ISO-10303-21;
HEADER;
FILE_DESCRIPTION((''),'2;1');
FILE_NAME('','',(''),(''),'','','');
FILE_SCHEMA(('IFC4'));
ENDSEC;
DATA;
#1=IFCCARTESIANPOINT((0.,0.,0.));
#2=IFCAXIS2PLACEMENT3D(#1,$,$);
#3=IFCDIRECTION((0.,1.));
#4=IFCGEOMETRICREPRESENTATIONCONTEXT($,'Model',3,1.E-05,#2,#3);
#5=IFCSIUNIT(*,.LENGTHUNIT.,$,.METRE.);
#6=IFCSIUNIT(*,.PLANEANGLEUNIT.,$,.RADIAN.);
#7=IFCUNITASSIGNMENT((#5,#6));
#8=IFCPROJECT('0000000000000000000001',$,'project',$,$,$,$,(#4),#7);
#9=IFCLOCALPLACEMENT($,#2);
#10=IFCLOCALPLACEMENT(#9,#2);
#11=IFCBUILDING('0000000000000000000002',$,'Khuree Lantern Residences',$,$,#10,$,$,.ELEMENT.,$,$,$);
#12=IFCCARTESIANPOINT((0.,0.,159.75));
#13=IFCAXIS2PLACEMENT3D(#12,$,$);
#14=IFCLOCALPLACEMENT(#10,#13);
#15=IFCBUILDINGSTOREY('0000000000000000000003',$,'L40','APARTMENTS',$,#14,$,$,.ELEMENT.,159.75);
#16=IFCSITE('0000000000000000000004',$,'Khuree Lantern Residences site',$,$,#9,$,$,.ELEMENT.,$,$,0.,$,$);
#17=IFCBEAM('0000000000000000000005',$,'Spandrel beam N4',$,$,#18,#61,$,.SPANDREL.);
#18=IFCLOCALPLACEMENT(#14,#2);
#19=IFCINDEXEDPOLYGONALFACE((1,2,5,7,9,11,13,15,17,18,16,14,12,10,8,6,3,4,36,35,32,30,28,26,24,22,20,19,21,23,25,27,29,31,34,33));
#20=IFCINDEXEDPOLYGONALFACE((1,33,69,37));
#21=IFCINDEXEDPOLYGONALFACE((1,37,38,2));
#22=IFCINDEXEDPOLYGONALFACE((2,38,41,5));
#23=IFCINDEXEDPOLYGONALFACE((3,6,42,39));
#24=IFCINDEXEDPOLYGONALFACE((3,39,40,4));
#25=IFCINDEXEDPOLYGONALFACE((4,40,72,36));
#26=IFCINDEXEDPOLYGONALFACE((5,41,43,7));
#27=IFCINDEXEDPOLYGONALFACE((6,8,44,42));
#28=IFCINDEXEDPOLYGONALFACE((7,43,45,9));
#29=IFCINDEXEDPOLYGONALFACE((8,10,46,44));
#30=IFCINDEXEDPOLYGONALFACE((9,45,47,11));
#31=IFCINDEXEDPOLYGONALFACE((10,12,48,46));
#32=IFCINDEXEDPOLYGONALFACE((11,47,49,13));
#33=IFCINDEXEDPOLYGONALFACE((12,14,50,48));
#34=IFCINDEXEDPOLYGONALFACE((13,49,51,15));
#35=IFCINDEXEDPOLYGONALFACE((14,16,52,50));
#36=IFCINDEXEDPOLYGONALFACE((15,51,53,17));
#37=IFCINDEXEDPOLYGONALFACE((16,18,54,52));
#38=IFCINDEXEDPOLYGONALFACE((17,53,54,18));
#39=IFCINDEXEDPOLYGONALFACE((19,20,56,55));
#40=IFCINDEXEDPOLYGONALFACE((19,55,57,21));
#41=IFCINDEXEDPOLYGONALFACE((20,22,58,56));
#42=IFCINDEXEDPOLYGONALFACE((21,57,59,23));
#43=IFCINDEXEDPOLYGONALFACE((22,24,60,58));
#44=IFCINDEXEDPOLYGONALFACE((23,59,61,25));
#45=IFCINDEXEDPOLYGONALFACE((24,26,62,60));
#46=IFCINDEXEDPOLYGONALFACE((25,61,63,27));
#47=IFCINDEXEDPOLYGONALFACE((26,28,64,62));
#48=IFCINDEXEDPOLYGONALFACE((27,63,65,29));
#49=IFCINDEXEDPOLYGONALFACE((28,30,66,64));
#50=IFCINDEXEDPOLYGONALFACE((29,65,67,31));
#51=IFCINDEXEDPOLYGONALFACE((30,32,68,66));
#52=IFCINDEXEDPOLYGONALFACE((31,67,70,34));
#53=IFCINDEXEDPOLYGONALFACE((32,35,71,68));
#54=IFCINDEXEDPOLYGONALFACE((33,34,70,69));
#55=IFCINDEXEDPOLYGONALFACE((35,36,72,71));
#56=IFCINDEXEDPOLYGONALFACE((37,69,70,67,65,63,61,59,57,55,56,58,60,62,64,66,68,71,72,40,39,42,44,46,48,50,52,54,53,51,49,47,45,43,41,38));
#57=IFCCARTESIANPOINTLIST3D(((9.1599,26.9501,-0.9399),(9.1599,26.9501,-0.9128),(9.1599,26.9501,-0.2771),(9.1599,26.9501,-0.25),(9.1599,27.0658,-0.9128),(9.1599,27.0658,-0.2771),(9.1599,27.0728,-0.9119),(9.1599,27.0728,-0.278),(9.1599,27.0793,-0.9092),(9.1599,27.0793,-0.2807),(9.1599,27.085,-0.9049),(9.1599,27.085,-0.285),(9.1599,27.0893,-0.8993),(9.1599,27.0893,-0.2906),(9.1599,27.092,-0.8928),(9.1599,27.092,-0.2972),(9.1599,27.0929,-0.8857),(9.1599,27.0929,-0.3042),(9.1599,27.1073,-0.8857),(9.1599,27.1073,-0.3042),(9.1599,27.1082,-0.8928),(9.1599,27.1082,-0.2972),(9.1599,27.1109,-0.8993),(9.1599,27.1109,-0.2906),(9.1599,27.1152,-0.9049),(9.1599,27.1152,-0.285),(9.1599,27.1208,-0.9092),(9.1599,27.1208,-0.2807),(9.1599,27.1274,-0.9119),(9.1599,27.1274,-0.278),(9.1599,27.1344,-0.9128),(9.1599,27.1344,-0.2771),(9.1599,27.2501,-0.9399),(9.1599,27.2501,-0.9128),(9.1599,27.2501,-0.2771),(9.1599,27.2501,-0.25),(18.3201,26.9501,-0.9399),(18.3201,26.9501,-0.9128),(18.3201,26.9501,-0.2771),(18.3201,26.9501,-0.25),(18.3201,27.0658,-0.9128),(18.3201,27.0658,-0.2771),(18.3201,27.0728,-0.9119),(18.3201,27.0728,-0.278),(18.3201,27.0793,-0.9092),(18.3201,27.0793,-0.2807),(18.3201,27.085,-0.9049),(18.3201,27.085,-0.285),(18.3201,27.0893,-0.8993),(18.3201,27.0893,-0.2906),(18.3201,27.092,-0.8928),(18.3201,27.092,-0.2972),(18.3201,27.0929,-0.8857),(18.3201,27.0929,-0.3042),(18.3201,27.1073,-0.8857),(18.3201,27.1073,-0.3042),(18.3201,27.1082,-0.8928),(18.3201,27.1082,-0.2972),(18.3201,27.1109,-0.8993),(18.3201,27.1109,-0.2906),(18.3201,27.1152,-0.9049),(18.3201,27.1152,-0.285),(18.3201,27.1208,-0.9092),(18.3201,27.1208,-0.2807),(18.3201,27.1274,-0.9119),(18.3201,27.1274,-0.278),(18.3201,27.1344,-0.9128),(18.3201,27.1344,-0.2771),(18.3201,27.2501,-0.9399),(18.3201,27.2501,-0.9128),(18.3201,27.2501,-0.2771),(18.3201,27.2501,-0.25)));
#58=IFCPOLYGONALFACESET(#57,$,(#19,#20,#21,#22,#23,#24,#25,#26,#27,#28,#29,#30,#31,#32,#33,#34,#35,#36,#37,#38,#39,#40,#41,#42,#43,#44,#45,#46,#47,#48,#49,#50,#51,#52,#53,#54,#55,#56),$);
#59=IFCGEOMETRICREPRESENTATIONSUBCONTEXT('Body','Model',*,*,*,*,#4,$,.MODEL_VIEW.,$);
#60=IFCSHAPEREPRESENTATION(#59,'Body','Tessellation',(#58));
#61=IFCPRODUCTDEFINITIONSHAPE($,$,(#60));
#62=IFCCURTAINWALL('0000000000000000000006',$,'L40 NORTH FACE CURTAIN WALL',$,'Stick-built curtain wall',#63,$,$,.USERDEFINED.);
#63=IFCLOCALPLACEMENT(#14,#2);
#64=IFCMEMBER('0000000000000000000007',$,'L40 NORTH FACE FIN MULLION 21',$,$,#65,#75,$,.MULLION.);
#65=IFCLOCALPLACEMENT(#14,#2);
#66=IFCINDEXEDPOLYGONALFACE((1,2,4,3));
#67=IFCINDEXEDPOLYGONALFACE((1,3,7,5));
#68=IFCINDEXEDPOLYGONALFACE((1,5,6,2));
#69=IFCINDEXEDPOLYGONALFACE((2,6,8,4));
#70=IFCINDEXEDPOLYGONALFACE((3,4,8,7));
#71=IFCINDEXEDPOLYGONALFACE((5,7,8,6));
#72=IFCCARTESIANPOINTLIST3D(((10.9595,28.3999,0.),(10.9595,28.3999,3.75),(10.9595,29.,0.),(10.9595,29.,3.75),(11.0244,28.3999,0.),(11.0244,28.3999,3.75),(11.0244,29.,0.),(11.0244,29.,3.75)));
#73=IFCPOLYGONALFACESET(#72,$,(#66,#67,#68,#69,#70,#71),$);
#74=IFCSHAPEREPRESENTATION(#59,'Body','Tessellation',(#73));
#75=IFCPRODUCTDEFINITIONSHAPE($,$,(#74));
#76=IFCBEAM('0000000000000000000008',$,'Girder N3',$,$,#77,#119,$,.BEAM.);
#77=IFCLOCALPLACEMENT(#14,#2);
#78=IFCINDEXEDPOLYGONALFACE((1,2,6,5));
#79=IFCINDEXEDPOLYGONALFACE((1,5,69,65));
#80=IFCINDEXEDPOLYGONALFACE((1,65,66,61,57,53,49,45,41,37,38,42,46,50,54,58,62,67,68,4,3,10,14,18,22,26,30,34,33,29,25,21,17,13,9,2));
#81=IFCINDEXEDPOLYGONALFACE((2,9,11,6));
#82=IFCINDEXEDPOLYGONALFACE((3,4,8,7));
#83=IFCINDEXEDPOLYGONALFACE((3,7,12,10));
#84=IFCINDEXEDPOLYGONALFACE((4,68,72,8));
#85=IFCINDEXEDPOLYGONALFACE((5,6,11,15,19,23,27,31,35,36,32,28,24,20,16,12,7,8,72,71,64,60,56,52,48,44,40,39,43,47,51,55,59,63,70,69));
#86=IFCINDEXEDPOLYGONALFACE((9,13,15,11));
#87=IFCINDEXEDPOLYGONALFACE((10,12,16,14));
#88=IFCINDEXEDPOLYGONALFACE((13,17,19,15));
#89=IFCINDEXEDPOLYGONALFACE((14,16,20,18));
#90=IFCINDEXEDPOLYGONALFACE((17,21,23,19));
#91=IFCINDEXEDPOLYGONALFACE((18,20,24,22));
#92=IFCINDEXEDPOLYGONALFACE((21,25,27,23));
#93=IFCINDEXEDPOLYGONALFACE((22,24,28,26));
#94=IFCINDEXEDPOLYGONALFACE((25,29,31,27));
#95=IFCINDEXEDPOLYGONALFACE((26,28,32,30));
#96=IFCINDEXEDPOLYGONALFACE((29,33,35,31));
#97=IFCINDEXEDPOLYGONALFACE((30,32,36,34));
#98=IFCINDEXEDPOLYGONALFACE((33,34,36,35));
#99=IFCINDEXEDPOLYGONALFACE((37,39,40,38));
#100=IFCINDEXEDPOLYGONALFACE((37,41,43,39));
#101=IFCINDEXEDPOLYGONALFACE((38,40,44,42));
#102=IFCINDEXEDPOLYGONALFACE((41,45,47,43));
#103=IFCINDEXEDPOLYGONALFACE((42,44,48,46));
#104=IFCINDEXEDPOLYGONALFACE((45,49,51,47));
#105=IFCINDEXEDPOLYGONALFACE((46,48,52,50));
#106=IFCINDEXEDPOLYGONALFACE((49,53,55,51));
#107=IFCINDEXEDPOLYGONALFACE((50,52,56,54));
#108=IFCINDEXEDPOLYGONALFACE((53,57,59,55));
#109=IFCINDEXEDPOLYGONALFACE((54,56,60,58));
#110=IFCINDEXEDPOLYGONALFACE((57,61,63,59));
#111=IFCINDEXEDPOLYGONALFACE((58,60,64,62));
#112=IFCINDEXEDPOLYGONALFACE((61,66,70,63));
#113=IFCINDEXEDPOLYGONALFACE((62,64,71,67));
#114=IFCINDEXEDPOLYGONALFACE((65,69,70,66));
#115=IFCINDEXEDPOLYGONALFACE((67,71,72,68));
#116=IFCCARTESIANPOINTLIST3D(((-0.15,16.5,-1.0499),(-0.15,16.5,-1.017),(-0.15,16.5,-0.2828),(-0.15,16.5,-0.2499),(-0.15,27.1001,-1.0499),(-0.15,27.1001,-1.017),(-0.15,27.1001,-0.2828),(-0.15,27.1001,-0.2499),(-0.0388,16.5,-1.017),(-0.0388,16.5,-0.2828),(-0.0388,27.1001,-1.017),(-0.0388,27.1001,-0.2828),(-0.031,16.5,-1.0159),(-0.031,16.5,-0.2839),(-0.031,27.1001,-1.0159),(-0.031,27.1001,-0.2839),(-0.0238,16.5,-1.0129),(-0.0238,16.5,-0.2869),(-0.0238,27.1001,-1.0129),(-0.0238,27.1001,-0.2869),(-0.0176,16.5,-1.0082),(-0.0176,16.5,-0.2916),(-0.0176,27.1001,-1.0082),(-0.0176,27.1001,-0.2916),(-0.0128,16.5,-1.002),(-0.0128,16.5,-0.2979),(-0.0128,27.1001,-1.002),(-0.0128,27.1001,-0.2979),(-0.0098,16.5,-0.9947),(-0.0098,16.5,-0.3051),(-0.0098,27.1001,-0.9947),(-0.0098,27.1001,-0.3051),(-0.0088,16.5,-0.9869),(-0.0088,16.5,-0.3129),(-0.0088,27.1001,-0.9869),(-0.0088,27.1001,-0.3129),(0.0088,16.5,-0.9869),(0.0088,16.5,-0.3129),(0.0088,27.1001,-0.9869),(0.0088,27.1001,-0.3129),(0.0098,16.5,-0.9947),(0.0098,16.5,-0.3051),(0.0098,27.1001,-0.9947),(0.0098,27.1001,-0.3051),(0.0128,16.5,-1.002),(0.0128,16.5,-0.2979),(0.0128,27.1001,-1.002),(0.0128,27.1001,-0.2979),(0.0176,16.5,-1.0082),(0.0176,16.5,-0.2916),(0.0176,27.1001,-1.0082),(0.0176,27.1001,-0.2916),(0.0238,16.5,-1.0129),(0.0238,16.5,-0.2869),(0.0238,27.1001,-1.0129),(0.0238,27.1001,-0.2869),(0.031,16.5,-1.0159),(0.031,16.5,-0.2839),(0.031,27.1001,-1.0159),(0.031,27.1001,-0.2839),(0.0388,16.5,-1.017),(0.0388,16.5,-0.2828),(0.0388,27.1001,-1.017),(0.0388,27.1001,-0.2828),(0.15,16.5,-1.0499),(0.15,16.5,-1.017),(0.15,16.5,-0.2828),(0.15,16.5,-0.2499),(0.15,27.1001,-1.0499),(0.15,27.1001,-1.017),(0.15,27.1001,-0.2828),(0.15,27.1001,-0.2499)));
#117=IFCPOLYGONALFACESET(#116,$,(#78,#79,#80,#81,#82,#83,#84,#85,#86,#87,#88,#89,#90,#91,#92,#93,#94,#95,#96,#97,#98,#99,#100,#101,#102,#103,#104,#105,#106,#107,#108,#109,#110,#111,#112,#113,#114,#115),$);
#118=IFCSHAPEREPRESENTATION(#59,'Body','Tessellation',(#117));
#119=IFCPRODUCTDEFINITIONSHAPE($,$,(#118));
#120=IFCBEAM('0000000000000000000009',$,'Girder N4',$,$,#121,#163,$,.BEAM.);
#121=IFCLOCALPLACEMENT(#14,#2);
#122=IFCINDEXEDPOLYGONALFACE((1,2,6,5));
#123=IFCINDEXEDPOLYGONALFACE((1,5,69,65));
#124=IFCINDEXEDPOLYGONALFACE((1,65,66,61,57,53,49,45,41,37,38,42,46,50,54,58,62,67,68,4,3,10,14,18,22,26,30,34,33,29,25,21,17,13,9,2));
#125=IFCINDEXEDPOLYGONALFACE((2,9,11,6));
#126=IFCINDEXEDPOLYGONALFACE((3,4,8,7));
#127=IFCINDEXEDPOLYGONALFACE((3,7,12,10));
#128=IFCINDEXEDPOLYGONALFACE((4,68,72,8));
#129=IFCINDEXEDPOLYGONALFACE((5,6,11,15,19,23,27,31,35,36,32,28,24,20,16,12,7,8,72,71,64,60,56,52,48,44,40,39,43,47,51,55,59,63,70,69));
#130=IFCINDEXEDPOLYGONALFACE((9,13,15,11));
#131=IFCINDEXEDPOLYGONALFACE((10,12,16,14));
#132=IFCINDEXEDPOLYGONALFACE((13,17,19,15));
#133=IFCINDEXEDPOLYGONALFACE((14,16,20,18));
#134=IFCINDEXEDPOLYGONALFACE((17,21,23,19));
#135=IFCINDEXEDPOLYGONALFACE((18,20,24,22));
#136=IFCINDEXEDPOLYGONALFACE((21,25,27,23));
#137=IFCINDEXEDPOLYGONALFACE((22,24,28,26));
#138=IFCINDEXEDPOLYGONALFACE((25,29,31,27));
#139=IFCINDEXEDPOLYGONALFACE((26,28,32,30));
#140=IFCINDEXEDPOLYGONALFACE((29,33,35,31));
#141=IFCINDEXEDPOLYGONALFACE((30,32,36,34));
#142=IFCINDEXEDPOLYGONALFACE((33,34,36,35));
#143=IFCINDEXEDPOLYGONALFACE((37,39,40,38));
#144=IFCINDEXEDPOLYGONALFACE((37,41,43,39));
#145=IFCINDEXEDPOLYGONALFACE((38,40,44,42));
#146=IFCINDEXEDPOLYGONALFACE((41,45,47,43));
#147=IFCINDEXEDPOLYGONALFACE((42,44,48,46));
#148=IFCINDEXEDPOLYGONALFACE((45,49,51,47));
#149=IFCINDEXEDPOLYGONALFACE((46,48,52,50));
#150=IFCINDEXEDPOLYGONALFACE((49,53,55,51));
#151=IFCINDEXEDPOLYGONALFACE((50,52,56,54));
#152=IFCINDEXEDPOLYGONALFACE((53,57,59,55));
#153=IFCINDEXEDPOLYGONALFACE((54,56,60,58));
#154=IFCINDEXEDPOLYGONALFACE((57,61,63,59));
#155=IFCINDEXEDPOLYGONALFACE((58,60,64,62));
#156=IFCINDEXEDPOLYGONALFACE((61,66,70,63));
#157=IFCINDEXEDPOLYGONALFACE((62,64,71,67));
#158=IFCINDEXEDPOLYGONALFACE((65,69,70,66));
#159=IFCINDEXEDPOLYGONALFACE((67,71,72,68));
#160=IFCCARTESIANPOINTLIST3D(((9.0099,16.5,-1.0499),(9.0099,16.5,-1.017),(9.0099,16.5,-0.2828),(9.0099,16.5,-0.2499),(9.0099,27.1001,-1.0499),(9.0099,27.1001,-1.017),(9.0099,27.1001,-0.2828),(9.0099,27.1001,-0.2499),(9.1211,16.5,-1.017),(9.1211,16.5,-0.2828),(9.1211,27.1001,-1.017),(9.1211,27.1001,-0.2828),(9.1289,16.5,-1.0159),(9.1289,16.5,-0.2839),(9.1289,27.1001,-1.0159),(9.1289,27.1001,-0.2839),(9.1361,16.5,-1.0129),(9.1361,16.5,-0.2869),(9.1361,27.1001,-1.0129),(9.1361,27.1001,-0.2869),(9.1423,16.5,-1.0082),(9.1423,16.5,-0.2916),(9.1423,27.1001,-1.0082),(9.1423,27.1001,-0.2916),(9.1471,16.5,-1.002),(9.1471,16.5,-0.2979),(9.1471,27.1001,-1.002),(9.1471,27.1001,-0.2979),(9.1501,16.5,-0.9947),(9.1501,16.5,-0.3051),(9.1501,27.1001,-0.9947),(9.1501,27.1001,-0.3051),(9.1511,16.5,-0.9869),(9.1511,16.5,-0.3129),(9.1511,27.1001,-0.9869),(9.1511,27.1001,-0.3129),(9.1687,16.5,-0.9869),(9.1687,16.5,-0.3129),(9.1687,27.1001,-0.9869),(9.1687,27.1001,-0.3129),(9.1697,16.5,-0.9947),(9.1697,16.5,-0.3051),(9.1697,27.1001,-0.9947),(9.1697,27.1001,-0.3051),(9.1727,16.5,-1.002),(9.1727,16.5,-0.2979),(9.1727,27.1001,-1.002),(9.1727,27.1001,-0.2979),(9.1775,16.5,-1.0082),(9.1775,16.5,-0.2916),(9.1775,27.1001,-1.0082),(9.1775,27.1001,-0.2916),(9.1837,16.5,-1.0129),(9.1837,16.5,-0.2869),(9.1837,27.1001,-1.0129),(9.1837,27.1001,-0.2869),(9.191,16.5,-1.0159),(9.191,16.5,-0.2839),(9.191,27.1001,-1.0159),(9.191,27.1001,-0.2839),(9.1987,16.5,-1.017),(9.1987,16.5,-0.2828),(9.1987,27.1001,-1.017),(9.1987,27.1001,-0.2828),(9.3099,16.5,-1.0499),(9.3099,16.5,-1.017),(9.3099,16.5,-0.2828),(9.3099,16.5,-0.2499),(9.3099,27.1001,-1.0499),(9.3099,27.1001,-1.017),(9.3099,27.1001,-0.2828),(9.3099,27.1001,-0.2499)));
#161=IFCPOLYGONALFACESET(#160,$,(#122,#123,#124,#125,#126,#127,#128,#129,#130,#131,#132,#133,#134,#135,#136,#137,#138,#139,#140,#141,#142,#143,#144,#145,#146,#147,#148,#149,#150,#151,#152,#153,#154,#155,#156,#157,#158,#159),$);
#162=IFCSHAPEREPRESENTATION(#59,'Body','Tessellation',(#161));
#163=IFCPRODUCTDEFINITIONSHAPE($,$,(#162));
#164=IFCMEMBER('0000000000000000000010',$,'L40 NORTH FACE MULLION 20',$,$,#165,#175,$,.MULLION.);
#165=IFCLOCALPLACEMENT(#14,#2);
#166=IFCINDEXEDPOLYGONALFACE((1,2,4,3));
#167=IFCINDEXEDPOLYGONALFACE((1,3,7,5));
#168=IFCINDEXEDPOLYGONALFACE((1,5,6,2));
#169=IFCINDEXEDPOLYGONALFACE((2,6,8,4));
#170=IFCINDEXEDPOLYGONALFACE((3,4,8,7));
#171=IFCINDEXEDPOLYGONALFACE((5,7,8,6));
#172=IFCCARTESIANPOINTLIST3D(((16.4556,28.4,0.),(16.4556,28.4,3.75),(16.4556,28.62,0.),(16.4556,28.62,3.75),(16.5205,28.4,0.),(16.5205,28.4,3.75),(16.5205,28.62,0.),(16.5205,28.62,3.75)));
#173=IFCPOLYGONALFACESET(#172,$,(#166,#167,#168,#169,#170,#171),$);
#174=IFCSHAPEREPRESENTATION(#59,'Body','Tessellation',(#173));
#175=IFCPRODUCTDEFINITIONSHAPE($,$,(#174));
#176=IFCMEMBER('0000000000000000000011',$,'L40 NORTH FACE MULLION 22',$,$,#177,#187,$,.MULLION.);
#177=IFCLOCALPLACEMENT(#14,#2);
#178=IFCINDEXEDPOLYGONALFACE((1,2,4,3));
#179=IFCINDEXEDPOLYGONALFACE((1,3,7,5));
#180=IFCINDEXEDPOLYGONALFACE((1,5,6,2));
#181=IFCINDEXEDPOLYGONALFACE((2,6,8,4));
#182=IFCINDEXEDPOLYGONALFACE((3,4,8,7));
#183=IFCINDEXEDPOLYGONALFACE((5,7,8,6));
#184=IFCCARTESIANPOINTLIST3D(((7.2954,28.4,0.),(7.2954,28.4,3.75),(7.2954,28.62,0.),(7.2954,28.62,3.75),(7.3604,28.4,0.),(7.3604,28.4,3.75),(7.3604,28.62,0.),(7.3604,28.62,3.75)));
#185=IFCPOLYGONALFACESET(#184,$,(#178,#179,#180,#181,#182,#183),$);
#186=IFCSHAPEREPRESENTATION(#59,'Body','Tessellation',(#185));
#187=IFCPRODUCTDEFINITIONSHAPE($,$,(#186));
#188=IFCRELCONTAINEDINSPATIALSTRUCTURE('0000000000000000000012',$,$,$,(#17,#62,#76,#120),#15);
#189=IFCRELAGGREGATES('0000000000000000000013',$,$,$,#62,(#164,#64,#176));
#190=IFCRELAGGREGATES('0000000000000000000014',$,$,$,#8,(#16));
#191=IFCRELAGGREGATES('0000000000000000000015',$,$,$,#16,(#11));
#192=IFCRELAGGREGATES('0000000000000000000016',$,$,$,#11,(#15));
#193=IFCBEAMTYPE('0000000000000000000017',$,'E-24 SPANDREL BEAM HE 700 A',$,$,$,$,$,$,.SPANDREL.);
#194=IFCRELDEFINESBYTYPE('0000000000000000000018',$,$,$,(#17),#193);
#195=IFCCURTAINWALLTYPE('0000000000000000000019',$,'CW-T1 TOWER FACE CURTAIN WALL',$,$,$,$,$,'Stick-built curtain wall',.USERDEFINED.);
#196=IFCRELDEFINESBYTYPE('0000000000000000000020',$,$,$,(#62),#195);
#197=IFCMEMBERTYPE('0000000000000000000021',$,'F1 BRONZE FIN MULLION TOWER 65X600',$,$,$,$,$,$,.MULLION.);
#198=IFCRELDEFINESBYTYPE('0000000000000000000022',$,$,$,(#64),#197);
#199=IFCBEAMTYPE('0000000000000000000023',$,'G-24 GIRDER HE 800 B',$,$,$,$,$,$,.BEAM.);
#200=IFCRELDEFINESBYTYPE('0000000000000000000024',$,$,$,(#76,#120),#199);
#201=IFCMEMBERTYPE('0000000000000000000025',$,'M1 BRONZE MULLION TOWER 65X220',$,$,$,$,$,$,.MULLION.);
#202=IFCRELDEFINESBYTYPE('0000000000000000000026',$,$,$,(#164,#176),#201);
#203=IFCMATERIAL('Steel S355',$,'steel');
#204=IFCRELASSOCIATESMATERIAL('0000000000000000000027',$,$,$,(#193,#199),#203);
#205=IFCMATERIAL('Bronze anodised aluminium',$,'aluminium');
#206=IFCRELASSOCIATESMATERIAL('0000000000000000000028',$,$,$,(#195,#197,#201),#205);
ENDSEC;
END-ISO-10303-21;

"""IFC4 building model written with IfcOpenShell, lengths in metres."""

from ifc_helpers import new_model, si_unit, direction, frame, origin, origin_2d, place, context, subcontext, project, spatial, rectangle, i_section, extrude, material, material_profile, profile_set, type_object, element, aggregate, save


model = new_model("IFC4")

# Units and contexts
model_context = context("Model", 3, precision=1e-05, world=origin(), true_north=direction((0.0, 1.0)))
body_context = subcontext(model_context, "Body", "Model", "MODEL_VIEW")
ifc_project = project(units=[si_unit("LENGTHUNIT", "METRE"), si_unit("PLANEANGLEUNIT", "RADIAN")], contexts=[model_context])

# Site, building, storey
site_placement = place(None, origin())
site = spatial("IfcSite", under=ifc_project, at=site_placement, Name="Khuree Lantern Residences site", CompositionType="ELEMENT", RefElevation=0.0)
building_placement = place(site_placement, origin())
building = spatial("IfcBuilding", under=site, at=building_placement, Name="Khuree Lantern Residences", CompositionType="ELEMENT")
storey_placement = place(building_placement, frame((0.0, 0.0, 159.75)))
storey = spatial("IfcBuildingStorey", under=building, at=storey_placement, Name="L40", Description="APARTMENTS", CompositionType="ELEMENT", Elevation=159.75)

# Beam
ifc_material_1 = material(Name="Steel S355", Category="steel")
ifc_material_profile_1 = material_profile(ifc_material_1, i_section(OverallWidth=0.3, OverallDepth=0.6899, WebThickness=0.0144, FlangeThickness=0.0271, FilletRadius=0.0271, at=origin_2d()), Name="HE 700 A")
ifc_profile_set_1 = profile_set([ifc_material_profile_1], Name="Steel S355")
beam_type_1 = type_object("IfcBeamType", Name="E-24 SPANDREL BEAM HE 700 A", PredefinedType="SPANDREL", material=ifc_profile_set_1)
beam_1_placement = place(storey_placement, frame((9.1599, 27.1001, -0.595), z_axis=(1.0, 0.0, 0.0), x_axis=(0.0, 1.0, 0.0)))
element("IfcBeam", 1, at=beam_1_placement, inside=storey, type_object=beam_type_1, Name="Spandrel beam N4", PredefinedType="SPANDREL", context=body_context, shape_type="SweptSolid", body=[
    extrude(i_section(OverallWidth=0.3, OverallDepth=0.6899, WebThickness=0.0144, FlangeThickness=0.0271, FilletRadius=0.0271, at=origin_2d()), origin(), (0.0, 0.0, 1.0), 9.1602),
])

# Curtain wall, member
ifc_material_2 = material(Name="Bronze anodised aluminium", Category="aluminium")
curtain_wall_type = type_object("IfcCurtainWallType", Name="CW-T1 TOWER FACE CURTAIN WALL", ElementType="Stick-built curtain wall", PredefinedType="USERDEFINED", material=ifc_material_2)
curtain_wall_placement = place(storey_placement, origin())
curtain_wall = element("IfcCurtainWall", 2, at=curtain_wall_placement, inside=storey, type_object=curtain_wall_type, Name="L40 NORTH FACE CURTAIN WALL", ObjectType="Stick-built curtain wall", PredefinedType="USERDEFINED")
ifc_material_profile_2 = material_profile(ifc_material_2, rectangle(XDim=0.0649, YDim=0.6001, at=origin_2d()), Name="F1 65X600")
ifc_profile_set_2 = profile_set([ifc_material_profile_2], Name="Bronze anodised aluminium")
member_type_1 = type_object("IfcMemberType", Name="F1 BRONZE FIN MULLION TOWER 65X600", PredefinedType="MULLION", material=ifc_profile_set_2)
member_1_placement = place(storey_placement, frame((10.9919, 28.7, 0.0), z_axis=(0.0, 0.0, 1.0), x_axis=(-1.0, 0.0, 0.0)))
member_1 = element("IfcMember", 3, at=member_1_placement, type_object=member_type_1, Name="L40 NORTH FACE FIN MULLION 21", PredefinedType="MULLION", context=body_context, shape_type="SweptSolid", body=[
    extrude(rectangle(XDim=0.0649, YDim=0.6001, at=origin_2d()), origin(), (0.0, 0.0, 1.0), 3.75),
])

# Beams
ifc_material_profile_3 = material_profile(ifc_material_1, i_section(OverallWidth=0.3, OverallDepth=0.8, WebThickness=0.0176, FlangeThickness=0.033, FilletRadius=0.03, at=origin_2d()), Name="HE 800 B")
ifc_profile_set_3 = profile_set([ifc_material_profile_3], Name="Steel S355")
beam_type_2 = type_object("IfcBeamType", Name="G-24 GIRDER HE 800 B", PredefinedType="BEAM", material=ifc_profile_set_3)
for number, where, z_axis, x_axis, name in (
    (4, (0.0, 27.1001, -0.6499), (0.0, -1.0, 0.0), (1.0, 0.0, 0.0), "Girder N3"),
    (5, (9.1599, 27.1001, -0.6499), (0.0, -1.0, 0.0), (1.0, 0.0, 0.0), "Girder N4"),
):
    element("IfcBeam", number, at=place(storey_placement, frame(where, z_axis=z_axis, x_axis=x_axis)), inside=storey, type_object=beam_type_2, Name=name, PredefinedType="BEAM", context=body_context, shape_type="SweptSolid", body=[
        extrude(i_section(OverallWidth=0.3, OverallDepth=0.8, WebThickness=0.0176, FlangeThickness=0.033, FilletRadius=0.03, at=origin_2d()), origin(), (0.0, 0.0, 1.0), 10.6001),
    ])

# Members
ifc_material_profile_4 = material_profile(ifc_material_2, rectangle(XDim=0.0649, YDim=0.22, at=origin_2d()), Name="M1 65X220")
ifc_profile_set_4 = profile_set([ifc_material_profile_4], Name="Bronze anodised aluminium")
member_type_2 = type_object("IfcMemberType", Name="M1 BRONZE MULLION TOWER 65X220", PredefinedType="MULLION", material=ifc_profile_set_4)
member_2_placement = place(storey_placement, frame((16.488, 28.51, 0.0), z_axis=(0.0, 0.0, 1.0), x_axis=(-1.0, 0.0, 0.0)))
member_2 = element("IfcMember", 6, at=member_2_placement, type_object=member_type_2, Name="L40 NORTH FACE MULLION 20", PredefinedType="MULLION", context=body_context, shape_type="SweptSolid", body=[
    extrude(rectangle(XDim=0.0649, YDim=0.22, at=origin_2d()), origin(), (0.0, 0.0, 1.0), 3.75),
])
member_3_placement = place(storey_placement, frame((7.3279, 28.51, 0.0), z_axis=(0.0, 0.0, 1.0), x_axis=(-1.0, 0.0, 0.0)))
member_3 = element("IfcMember", 7, at=member_3_placement, type_object=member_type_2, Name="L40 NORTH FACE MULLION 22", PredefinedType="MULLION", context=body_context, shape_type="SweptSolid", body=[
    extrude(rectangle(XDim=0.0649, YDim=0.22, at=origin_2d()), origin(), (0.0, 0.0, 1.0), 3.75),
])

aggregate(curtain_wall, [member_2, member_1, member_3])

save(model, "model.ifc")
